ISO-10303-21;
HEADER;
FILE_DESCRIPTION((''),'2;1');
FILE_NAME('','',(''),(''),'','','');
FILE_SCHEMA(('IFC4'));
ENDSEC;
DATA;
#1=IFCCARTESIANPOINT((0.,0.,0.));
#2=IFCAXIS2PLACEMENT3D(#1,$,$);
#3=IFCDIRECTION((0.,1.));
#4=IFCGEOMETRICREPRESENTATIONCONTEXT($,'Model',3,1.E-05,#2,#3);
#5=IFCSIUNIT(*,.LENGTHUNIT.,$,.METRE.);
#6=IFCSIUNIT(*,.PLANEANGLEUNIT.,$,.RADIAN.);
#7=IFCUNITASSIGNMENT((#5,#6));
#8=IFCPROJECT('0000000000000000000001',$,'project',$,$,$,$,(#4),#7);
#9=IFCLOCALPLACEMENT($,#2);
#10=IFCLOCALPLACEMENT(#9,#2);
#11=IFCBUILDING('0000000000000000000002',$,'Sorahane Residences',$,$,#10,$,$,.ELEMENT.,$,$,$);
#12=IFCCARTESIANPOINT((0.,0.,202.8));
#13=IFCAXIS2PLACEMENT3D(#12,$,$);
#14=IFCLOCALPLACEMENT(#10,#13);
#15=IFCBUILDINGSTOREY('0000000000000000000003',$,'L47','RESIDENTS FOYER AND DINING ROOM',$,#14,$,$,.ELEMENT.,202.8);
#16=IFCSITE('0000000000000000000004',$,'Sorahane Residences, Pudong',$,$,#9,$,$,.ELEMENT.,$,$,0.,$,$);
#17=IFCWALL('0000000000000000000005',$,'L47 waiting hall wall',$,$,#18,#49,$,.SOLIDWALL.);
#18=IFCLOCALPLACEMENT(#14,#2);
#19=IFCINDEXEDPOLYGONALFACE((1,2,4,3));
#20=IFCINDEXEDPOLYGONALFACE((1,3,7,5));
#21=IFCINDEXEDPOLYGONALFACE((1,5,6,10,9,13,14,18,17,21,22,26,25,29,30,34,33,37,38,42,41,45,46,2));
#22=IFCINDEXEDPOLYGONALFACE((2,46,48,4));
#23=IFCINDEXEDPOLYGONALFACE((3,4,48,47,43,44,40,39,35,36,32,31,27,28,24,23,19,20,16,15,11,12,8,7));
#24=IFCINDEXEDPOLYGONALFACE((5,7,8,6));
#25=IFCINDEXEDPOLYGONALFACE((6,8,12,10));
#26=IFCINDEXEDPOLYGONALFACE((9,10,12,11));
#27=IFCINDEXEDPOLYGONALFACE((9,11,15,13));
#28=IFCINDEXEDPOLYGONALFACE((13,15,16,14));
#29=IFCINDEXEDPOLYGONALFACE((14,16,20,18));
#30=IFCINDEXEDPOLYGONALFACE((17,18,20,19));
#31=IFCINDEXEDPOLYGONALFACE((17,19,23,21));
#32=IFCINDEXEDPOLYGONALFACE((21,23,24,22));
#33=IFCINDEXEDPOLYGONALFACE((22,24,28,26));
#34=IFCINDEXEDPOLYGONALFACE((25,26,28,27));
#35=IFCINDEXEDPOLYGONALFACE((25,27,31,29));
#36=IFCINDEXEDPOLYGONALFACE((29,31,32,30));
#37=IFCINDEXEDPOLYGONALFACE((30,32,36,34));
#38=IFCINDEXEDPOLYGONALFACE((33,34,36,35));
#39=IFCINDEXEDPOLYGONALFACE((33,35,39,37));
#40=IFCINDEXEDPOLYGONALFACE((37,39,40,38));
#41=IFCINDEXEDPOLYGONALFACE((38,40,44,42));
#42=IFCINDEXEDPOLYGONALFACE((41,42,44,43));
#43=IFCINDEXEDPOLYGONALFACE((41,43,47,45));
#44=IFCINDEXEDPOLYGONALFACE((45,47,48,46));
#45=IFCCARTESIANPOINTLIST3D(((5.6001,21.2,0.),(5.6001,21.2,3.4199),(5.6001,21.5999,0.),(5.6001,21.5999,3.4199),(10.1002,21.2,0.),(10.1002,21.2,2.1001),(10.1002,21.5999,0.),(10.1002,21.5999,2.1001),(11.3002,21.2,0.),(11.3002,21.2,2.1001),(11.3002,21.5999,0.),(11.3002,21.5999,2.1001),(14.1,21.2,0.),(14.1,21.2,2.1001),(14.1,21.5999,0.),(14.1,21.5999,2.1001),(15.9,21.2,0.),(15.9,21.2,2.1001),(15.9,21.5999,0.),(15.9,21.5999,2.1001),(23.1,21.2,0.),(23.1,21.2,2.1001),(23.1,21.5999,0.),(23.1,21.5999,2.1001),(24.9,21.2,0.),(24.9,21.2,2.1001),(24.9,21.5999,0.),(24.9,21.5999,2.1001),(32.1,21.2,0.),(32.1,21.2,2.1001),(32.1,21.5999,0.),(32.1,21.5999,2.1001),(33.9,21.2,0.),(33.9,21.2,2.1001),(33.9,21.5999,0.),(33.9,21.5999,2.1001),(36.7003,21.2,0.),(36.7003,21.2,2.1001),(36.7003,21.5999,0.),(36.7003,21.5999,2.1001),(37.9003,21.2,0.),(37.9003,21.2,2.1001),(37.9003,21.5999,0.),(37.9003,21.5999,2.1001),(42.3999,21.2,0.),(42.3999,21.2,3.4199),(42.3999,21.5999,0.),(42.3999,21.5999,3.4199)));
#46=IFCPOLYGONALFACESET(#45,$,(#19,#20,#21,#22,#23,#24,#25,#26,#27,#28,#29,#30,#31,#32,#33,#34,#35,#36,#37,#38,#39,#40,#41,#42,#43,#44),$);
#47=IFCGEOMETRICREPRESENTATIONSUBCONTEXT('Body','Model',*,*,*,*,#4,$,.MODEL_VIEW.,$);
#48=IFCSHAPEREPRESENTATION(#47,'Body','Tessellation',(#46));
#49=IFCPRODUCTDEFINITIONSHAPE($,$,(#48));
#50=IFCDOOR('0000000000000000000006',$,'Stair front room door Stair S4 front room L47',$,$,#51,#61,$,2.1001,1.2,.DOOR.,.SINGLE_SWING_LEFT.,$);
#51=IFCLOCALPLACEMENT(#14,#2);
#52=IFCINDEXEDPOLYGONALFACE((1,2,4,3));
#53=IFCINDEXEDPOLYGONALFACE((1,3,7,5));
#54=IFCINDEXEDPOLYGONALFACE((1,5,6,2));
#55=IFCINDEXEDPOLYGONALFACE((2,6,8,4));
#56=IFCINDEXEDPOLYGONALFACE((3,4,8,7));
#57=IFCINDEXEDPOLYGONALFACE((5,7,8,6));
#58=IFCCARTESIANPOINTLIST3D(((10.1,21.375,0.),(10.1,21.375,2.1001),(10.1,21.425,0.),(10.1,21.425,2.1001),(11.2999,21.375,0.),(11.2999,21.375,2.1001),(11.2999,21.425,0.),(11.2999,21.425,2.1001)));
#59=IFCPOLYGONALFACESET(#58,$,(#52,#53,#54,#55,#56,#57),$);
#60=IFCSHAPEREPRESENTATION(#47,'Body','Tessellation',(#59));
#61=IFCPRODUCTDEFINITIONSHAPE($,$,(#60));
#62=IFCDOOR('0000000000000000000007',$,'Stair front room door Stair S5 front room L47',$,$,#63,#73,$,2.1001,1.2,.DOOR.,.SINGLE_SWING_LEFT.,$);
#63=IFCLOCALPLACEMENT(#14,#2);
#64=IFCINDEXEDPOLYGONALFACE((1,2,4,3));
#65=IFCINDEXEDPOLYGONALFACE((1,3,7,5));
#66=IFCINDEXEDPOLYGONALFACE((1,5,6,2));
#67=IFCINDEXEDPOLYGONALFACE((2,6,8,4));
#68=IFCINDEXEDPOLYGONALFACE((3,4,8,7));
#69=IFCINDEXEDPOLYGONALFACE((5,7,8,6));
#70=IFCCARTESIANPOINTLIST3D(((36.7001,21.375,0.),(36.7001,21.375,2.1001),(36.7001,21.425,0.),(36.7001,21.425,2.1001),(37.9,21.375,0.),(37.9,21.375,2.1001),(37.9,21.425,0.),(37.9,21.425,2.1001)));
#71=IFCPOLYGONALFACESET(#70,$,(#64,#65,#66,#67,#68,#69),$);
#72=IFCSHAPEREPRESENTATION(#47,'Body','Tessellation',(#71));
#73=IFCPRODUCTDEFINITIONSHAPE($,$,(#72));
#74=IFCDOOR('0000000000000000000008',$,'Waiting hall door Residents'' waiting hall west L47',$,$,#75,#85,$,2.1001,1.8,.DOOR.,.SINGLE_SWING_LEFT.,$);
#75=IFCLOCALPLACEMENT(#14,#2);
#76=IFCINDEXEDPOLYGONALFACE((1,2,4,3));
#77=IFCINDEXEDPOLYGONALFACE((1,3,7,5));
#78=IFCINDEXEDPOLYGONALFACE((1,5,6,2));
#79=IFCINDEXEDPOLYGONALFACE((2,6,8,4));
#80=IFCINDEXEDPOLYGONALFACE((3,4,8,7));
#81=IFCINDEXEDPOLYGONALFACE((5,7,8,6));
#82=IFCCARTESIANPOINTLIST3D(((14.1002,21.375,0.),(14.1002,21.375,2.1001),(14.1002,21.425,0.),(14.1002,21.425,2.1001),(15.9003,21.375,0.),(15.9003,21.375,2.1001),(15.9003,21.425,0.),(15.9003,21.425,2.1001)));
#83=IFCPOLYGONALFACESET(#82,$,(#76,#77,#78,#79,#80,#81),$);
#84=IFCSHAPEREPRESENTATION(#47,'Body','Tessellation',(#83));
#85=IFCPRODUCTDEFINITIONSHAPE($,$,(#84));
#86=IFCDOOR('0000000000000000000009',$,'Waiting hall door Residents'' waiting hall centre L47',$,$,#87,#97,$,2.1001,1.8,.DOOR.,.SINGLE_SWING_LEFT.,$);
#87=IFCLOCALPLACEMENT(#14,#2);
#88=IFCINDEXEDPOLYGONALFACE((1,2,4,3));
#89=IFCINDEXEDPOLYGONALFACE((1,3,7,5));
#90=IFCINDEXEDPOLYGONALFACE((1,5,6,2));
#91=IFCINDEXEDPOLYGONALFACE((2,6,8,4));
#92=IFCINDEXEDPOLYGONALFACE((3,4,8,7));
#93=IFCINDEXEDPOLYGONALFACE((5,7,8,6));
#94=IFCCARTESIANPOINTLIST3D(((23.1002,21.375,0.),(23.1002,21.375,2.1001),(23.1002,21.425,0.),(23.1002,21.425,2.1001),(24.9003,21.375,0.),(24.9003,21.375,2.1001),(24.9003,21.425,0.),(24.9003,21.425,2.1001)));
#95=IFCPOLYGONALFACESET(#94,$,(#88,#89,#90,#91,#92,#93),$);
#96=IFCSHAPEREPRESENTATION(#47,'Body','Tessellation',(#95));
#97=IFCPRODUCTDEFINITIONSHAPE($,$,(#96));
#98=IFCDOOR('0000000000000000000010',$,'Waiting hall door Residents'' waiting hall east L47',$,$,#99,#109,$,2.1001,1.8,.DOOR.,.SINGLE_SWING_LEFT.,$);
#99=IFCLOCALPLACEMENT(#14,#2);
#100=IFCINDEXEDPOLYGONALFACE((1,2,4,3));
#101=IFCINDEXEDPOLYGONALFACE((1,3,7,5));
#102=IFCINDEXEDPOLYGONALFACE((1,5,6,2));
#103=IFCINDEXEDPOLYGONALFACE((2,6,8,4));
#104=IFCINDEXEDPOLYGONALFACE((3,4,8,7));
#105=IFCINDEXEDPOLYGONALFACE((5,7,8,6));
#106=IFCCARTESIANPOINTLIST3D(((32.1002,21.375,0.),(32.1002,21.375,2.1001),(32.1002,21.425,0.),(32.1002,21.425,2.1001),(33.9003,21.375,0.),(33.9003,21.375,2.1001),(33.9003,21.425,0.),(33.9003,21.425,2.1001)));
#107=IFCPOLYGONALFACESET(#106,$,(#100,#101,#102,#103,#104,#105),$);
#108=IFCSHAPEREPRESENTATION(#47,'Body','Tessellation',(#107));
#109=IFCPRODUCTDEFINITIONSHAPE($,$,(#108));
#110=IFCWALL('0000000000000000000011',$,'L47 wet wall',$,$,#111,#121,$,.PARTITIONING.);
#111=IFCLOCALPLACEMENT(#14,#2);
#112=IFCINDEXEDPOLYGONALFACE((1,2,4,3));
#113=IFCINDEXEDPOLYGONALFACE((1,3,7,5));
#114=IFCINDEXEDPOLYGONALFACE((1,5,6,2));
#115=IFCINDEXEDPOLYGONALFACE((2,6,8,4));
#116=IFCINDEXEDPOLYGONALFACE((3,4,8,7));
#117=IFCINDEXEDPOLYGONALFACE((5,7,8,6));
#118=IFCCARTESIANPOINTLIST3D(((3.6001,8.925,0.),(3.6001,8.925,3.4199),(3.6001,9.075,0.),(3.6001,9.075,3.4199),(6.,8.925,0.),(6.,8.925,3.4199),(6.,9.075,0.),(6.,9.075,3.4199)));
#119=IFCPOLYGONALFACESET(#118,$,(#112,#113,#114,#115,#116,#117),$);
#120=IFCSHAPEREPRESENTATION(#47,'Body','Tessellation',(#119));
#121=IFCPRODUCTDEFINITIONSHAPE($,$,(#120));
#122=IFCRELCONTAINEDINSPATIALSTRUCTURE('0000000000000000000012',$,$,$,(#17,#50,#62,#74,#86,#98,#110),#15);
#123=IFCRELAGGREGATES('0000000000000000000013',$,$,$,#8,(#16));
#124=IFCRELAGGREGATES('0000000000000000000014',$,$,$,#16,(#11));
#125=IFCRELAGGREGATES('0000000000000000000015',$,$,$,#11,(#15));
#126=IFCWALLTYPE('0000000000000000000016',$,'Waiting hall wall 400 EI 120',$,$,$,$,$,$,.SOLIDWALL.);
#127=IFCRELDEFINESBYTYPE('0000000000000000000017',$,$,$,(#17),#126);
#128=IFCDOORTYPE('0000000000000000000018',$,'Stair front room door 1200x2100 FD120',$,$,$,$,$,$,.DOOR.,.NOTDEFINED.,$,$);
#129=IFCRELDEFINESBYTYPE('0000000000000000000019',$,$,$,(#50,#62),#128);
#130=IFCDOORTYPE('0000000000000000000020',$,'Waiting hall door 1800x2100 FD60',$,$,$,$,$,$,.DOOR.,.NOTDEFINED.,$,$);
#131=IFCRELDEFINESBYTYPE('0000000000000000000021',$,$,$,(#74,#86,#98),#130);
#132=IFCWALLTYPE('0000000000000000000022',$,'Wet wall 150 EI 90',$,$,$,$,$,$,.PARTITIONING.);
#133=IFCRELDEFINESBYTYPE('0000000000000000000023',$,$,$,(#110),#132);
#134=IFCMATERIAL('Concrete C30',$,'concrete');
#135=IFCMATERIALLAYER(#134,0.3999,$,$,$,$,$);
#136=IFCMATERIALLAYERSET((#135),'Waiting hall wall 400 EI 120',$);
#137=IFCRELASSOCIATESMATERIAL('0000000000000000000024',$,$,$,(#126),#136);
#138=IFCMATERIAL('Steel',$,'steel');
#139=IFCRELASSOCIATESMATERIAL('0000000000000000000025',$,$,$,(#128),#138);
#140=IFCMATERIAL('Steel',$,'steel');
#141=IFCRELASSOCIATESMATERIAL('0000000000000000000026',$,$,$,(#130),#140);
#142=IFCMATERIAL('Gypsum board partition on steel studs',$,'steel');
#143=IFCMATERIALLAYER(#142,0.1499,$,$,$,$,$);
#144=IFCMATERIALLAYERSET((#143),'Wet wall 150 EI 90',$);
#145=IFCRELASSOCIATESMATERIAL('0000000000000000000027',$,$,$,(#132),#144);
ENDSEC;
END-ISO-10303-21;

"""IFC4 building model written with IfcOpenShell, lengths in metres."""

from ifc_helpers import new_model, si_unit, direction, frame, frame_2d, origin, place, context, subcontext, project, spatial, rectangle, extrude, material, layer, layer_set, type_object, element, fill, save


model = new_model("IFC4")

# Units and contexts
model_context = context("Model", 3, precision=1e-05, world=origin(), true_north=direction((0.0, 1.0)))
body_context = subcontext(model_context, "Body", "Model", "MODEL_VIEW")
ifc_project = project(units=[si_unit("LENGTHUNIT", "METRE"), si_unit("PLANEANGLEUNIT", "RADIAN")], contexts=[model_context])

# Site, building, storey
site_placement = place(None, origin())
site = spatial("IfcSite", under=ifc_project, at=site_placement, Name="Sorahane Residences, Pudong", CompositionType="ELEMENT", RefElevation=0.0)
building_placement = place(site_placement, origin())
building = spatial("IfcBuilding", under=site, at=building_placement, Name="Sorahane Residences", CompositionType="ELEMENT")
storey_placement = place(building_placement, frame((0.0, 0.0, 202.8)))
storey = spatial("IfcBuildingStorey", under=building, at=storey_placement, Name="L47", Description="RESIDENTS FOYER AND DINING ROOM", CompositionType="ELEMENT", Elevation=202.8)

# Wall, openings, doors
ifc_material_1 = material(Name="Concrete C30", Category="concrete")
ifc_layer_1 = layer(ifc_material_1, 0.3999)
ifc_layer_set_1 = layer_set([ifc_layer_1], Name="Waiting hall wall 400 EI 120")
wall_type_1 = type_object("IfcWallType", Name="Waiting hall wall 400 EI 120", PredefinedType="SOLIDWALL", material=ifc_layer_set_1)
wall_1_placement = place(storey_placement, frame((5.6001, 21.3999, 0.0), z_axis=(0.0, 0.0, 1.0), x_axis=(1.0, 0.0, 0.0)))
wall_1 = element("IfcWall", 1, at=wall_1_placement, inside=storey, type_object=wall_type_1, Name="L47 waiting hall wall", PredefinedType="SOLIDWALL", context=body_context, shape_type="SweptSolid", body=[
    extrude(rectangle(XDim=36.7998, YDim=0.3999, at=frame_2d((18.3999, 0.0))), origin(), (0.0, 0.0, 1.0), 3.4199),
])
opening_1_placement = place(wall_1_placement, frame((8.5, 0.0, 0.0)))
opening_1 = element("IfcOpeningElement", 2, at=opening_1_placement, cuts=wall_1, PredefinedType="OPENING", context=body_context, shape_type="SweptSolid", body=[
    extrude(rectangle(XDim=1.8, YDim=2.1001, at=frame_2d((0.8999, 1.05))), frame((0.0, 0.21, 0.0), z_axis=(0.0, -1.0, 0.0), x_axis=(1.0, 0.0, 0.0)), (0.0, 0.0, 1.0), 0.4199),
])
opening_2_placement = place(wall_1_placement, frame((17.5, 0.0, 0.0)))
opening_2 = element("IfcOpeningElement", 3, at=opening_2_placement, cuts=wall_1, PredefinedType="OPENING", context=body_context, shape_type="SweptSolid", body=[
    extrude(rectangle(XDim=1.8, YDim=2.1001, at=frame_2d((0.8999, 1.05))), frame((0.0, 0.21, 0.0), z_axis=(0.0, -1.0, 0.0), x_axis=(1.0, 0.0, 0.0)), (0.0, 0.0, 1.0), 0.4199),
])
opening_3_placement = place(wall_1_placement, frame((26.5, 0.0, 0.0)))
opening_3 = element("IfcOpeningElement", 4, at=opening_3_placement, cuts=wall_1, PredefinedType="OPENING", context=body_context, shape_type="SweptSolid", body=[
    extrude(rectangle(XDim=1.8, YDim=2.1001, at=frame_2d((0.8999, 1.05))), frame((0.0, 0.21, 0.0), z_axis=(0.0, -1.0, 0.0), x_axis=(1.0, 0.0, 0.0)), (0.0, 0.0, 1.0), 0.4199),
])
opening_4_placement = place(wall_1_placement, frame((4.5, 0.0, 0.0)))
opening_4 = element("IfcOpeningElement", 5, at=opening_4_placement, cuts=wall_1, PredefinedType="OPENING", context=body_context, shape_type="SweptSolid", body=[
    extrude(rectangle(XDim=1.2, YDim=2.1001, at=frame_2d((0.6001, 1.05))), frame((0.0, 0.21, 0.0), z_axis=(0.0, -1.0, 0.0), x_axis=(1.0, 0.0, 0.0)), (0.0, 0.0, 1.0), 0.4199),
])
opening_5_placement = place(wall_1_placement, frame((31.1001, 0.0, 0.0)))
opening_5 = element("IfcOpeningElement", 6, at=opening_5_placement, cuts=wall_1, PredefinedType="OPENING", context=body_context, shape_type="SweptSolid", body=[
    extrude(rectangle(XDim=1.2, YDim=2.1001, at=frame_2d((0.6001, 1.05))), frame((0.0, 0.21, 0.0), z_axis=(0.0, -1.0, 0.0), x_axis=(1.0, 0.0, 0.0)), (0.0, 0.0, 1.0), 0.4199),
])
ifc_material_2 = material(Name="Steel", Category="steel")
door_type_1 = type_object("IfcDoorType", Name="Stair front room door 1200x2100 FD120", OperationType="NOTDEFINED", PredefinedType="DOOR", material=ifc_material_2)
door_1_placement = place(opening_4_placement, frame((1.2, 0.0, 0.0), z_axis=(0.0, 0.0, 1.0), x_axis=(-1.0, 0.0, 0.0)))
door_1 = element("IfcDoor", 7, at=door_1_placement, inside=storey, type_object=door_type_1, Name="Stair front room door Stair S4 front room L47", OperationType="SINGLE_SWING_LEFT", OverallHeight=2.1001, OverallWidth=1.2, PredefinedType="DOOR", context=body_context, shape_type="SweptSolid", body=[
    extrude(rectangle(XDim=1.2, YDim=2.1001, at=frame_2d((0.6001, 1.05))), frame((0.0, 0.0249, 0.0), z_axis=(0.0, -1.0, 0.0), x_axis=(1.0, 0.0, 0.0)), (0.0, 0.0, 1.0), 0.05),
])
fill(opening_4, door_1)
door_2_placement = place(opening_5_placement, frame((1.2, 0.0, 0.0), z_axis=(0.0, 0.0, 1.0), x_axis=(-1.0, 0.0, 0.0)))
door_2 = element("IfcDoor", 8, at=door_2_placement, inside=storey, type_object=door_type_1, Name="Stair front room door Stair S5 front room L47", OperationType="SINGLE_SWING_LEFT", OverallHeight=2.1001, OverallWidth=1.2, PredefinedType="DOOR", context=body_context, shape_type="SweptSolid", body=[
    extrude(rectangle(XDim=1.2, YDim=2.1001, at=frame_2d((0.6001, 1.05))), frame((0.0, 0.0249, 0.0), z_axis=(0.0, -1.0, 0.0), x_axis=(1.0, 0.0, 0.0)), (0.0, 0.0, 1.0), 0.05),
])
fill(opening_5, door_2)
ifc_material_3 = material(Name="Steel", Category="steel")
door_type_2 = type_object("IfcDoorType", Name="Waiting hall door 1800x2100 FD60", OperationType="NOTDEFINED", PredefinedType="DOOR", material=ifc_material_3)
door_3_placement = place(opening_1_placement, frame((1.8, 0.0, 0.0), z_axis=(0.0, 0.0, 1.0), x_axis=(-1.0, 0.0, 0.0)))
door_3 = element("IfcDoor", 9, at=door_3_placement, inside=storey, type_object=door_type_2, Name="Waiting hall door Residents' waiting hall west L47", OperationType="SINGLE_SWING_LEFT", OverallHeight=2.1001, OverallWidth=1.8, PredefinedType="DOOR", context=body_context, shape_type="SweptSolid", body=[
    extrude(rectangle(XDim=1.8, YDim=2.1001, at=frame_2d((0.8999, 1.05))), frame((0.0, 0.0249, 0.0), z_axis=(0.0, -1.0, 0.0), x_axis=(1.0, 0.0, 0.0)), (0.0, 0.0, 1.0), 0.05),
])
fill(opening_1, door_3)
door_4_placement = place(opening_2_placement, frame((1.8, 0.0, 0.0), z_axis=(0.0, 0.0, 1.0), x_axis=(-1.0, 0.0, 0.0)))
door_4 = element("IfcDoor", 10, at=door_4_placement, inside=storey, type_object=door_type_2, Name="Waiting hall door Residents' waiting hall centre L47", OperationType="SINGLE_SWING_LEFT", OverallHeight=2.1001, OverallWidth=1.8, PredefinedType="DOOR", context=body_context, shape_type="SweptSolid", body=[
    extrude(rectangle(XDim=1.8, YDim=2.1001, at=frame_2d((0.8999, 1.05))), frame((0.0, 0.0249, 0.0), z_axis=(0.0, -1.0, 0.0), x_axis=(1.0, 0.0, 0.0)), (0.0, 0.0, 1.0), 0.05),
])
fill(opening_2, door_4)
door_5_placement = place(opening_3_placement, frame((1.8, 0.0, 0.0), z_axis=(0.0, 0.0, 1.0), x_axis=(-1.0, 0.0, 0.0)))
door_5 = element("IfcDoor", 11, at=door_5_placement, inside=storey, type_object=door_type_2, Name="Waiting hall door Residents' waiting hall east L47", OperationType="SINGLE_SWING_LEFT", OverallHeight=2.1001, OverallWidth=1.8, PredefinedType="DOOR", context=body_context, shape_type="SweptSolid", body=[
    extrude(rectangle(XDim=1.8, YDim=2.1001, at=frame_2d((0.8999, 1.05))), frame((0.0, 0.0249, 0.0), z_axis=(0.0, -1.0, 0.0), x_axis=(1.0, 0.0, 0.0)), (0.0, 0.0, 1.0), 0.05),
])
fill(opening_3, door_5)

# Wall
ifc_material_4 = material(Name="Gypsum board partition on steel studs", Category="steel")
ifc_layer_2 = layer(ifc_material_4, 0.1499)
ifc_layer_set_2 = layer_set([ifc_layer_2], Name="Wet wall 150 EI 90")
wall_type_2 = type_object("IfcWallType", Name="Wet wall 150 EI 90", PredefinedType="PARTITIONING", material=ifc_layer_set_2)
wall_2_placement = place(storey_placement, frame((3.6001, 9.0, 0.0), z_axis=(0.0, 0.0, 1.0), x_axis=(1.0, 0.0, 0.0)))
element("IfcWall", 12, at=wall_2_placement, inside=storey, type_object=wall_type_2, Name="L47 wet wall", PredefinedType="PARTITIONING", context=body_context, shape_type="SweptSolid", body=[
    extrude(rectangle(XDim=2.3999, YDim=0.1499, at=frame_2d((1.2, 0.0))), origin(), (0.0, 0.0, 1.0), 3.4199),
])

save(model, "model.ifc")
